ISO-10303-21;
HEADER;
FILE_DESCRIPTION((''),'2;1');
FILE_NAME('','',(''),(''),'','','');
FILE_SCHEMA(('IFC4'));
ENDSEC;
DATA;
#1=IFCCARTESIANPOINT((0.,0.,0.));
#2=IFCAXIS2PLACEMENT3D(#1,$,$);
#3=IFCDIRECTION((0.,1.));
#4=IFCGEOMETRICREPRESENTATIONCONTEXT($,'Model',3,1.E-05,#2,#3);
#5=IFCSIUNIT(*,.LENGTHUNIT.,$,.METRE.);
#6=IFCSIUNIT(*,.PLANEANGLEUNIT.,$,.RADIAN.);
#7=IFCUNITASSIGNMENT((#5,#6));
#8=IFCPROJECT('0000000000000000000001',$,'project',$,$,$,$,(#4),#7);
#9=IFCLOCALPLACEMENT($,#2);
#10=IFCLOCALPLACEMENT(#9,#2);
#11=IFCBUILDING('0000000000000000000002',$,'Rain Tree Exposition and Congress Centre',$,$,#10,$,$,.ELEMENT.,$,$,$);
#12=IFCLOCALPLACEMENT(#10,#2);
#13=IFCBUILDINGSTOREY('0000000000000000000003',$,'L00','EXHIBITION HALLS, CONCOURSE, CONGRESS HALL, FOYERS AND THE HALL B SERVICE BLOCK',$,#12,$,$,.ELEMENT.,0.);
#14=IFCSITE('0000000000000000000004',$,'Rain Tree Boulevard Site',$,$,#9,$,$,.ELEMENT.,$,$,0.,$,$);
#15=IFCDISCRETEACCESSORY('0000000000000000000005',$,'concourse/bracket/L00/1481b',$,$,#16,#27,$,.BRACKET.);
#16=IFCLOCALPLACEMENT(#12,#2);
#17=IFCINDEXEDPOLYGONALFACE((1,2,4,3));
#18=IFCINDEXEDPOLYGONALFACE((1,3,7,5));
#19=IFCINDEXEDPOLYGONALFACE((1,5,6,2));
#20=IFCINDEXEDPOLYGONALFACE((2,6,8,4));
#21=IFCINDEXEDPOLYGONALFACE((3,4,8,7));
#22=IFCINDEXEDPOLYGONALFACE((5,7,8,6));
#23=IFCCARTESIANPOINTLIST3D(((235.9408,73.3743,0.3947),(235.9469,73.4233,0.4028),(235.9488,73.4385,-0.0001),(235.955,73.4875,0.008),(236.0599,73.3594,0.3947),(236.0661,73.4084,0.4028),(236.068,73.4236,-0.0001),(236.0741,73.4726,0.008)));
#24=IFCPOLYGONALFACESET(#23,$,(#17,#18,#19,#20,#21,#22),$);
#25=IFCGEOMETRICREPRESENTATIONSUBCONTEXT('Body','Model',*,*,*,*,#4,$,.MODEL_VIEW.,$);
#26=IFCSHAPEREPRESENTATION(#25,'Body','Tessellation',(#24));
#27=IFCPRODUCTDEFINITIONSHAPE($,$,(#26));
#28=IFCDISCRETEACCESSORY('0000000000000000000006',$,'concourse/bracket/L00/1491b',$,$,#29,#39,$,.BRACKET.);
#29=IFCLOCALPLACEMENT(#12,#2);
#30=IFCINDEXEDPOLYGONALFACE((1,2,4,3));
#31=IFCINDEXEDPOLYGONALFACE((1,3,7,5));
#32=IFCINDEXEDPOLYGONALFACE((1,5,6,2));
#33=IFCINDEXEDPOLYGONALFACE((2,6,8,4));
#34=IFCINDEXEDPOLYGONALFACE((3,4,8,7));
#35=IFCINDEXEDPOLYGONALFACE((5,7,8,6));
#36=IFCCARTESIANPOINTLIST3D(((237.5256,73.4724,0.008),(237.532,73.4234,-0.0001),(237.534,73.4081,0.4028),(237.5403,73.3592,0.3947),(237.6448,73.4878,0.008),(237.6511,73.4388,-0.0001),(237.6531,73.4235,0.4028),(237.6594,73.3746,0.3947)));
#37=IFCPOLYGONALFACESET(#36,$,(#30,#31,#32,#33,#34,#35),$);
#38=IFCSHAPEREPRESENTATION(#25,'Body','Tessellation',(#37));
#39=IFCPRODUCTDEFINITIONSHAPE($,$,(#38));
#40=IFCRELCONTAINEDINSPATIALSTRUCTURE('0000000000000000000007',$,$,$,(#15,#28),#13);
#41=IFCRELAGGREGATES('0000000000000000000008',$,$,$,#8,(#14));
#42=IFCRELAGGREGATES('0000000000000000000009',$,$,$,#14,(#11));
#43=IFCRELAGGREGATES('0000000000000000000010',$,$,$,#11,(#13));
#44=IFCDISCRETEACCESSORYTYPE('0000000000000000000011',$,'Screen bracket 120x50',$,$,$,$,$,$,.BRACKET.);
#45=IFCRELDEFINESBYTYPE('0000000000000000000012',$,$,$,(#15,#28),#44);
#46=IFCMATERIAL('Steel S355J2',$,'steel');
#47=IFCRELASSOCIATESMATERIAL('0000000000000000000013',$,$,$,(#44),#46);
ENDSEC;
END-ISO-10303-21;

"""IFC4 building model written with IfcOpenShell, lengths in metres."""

from ifc_helpers import new_model, si_unit, direction, frame, origin, origin_2d, place, context, subcontext, project, spatial, rectangle, extrude, material, material_profile, profile_set, type_object, element, save


model = new_model("IFC4")

# Units and contexts
model_context = context("Model", 3, precision=1e-05, world=origin(), true_north=direction((0.0, 1.0)))
body_context = subcontext(model_context, "Body", "Model", "MODEL_VIEW")
ifc_project = project(units=[si_unit("LENGTHUNIT", "METRE"), si_unit("PLANEANGLEUNIT", "RADIAN")], contexts=[model_context])

# Site, building, storey
site_placement = place(None, origin())
site = spatial("IfcSite", under=ifc_project, at=site_placement, Name="Rain Tree Boulevard Site", CompositionType="ELEMENT", RefElevation=0.0)
building_placement = place(site_placement, origin())
building = spatial("IfcBuilding", under=site, at=building_placement, Name="Rain Tree Exposition and Congress Centre", CompositionType="ELEMENT")
storey_placement = place(building_placement, origin())
storey = spatial("IfcBuildingStorey", under=building, at=storey_placement, Name="L00", Description="EXHIBITION HALLS, CONCOURSE, CONGRESS HALL, FOYERS AND THE HALL B SERVICE BLOCK", CompositionType="ELEMENT", Elevation=0.0)

# Discrete accessories
ifc_material_1 = material(Name="Steel S355J2", Category="steel")
ifc_material_profile_1 = material_profile(ifc_material_1, rectangle(XDim=0.1201, YDim=0.05, at=origin_2d()), Name="Flat bar 120x50")
ifc_profile_set_1 = profile_set([ifc_material_profile_1], Name="Steel S355J2")
discrete_accessory_type = type_object("IfcDiscreteAccessoryType", Name="Screen bracket 120x50", PredefinedType="BRACKET", material=ifc_profile_set_1)
for number, where, z_axis, x_axis, name in (
    (1, (236.0115, 73.4556, 0.0039), (-0.020139, -0.160505, 0.98683), (0.99222, -0.124499, 0.0), "concourse/bracket/L00/1481b"),
    (2, (237.5884, 73.4556, 0.0039), (0.020749, -0.160503, 0.986817), (0.991747, 0.128211, 0.0), "concourse/bracket/L00/1491b"),
):
    element("IfcDiscreteAccessory", number, at=place(storey_placement, frame(where, z_axis=z_axis, x_axis=x_axis)), inside=storey, type_object=discrete_accessory_type, Name=name, PredefinedType="BRACKET", context=body_context, shape_type="SweptSolid", body=[
        extrude(rectangle(XDim=0.1201, YDim=0.05, at=origin_2d()), origin(), (0.0, 0.0, 1.0), 0.4001),
    ])

save(model, "model.ifc")
